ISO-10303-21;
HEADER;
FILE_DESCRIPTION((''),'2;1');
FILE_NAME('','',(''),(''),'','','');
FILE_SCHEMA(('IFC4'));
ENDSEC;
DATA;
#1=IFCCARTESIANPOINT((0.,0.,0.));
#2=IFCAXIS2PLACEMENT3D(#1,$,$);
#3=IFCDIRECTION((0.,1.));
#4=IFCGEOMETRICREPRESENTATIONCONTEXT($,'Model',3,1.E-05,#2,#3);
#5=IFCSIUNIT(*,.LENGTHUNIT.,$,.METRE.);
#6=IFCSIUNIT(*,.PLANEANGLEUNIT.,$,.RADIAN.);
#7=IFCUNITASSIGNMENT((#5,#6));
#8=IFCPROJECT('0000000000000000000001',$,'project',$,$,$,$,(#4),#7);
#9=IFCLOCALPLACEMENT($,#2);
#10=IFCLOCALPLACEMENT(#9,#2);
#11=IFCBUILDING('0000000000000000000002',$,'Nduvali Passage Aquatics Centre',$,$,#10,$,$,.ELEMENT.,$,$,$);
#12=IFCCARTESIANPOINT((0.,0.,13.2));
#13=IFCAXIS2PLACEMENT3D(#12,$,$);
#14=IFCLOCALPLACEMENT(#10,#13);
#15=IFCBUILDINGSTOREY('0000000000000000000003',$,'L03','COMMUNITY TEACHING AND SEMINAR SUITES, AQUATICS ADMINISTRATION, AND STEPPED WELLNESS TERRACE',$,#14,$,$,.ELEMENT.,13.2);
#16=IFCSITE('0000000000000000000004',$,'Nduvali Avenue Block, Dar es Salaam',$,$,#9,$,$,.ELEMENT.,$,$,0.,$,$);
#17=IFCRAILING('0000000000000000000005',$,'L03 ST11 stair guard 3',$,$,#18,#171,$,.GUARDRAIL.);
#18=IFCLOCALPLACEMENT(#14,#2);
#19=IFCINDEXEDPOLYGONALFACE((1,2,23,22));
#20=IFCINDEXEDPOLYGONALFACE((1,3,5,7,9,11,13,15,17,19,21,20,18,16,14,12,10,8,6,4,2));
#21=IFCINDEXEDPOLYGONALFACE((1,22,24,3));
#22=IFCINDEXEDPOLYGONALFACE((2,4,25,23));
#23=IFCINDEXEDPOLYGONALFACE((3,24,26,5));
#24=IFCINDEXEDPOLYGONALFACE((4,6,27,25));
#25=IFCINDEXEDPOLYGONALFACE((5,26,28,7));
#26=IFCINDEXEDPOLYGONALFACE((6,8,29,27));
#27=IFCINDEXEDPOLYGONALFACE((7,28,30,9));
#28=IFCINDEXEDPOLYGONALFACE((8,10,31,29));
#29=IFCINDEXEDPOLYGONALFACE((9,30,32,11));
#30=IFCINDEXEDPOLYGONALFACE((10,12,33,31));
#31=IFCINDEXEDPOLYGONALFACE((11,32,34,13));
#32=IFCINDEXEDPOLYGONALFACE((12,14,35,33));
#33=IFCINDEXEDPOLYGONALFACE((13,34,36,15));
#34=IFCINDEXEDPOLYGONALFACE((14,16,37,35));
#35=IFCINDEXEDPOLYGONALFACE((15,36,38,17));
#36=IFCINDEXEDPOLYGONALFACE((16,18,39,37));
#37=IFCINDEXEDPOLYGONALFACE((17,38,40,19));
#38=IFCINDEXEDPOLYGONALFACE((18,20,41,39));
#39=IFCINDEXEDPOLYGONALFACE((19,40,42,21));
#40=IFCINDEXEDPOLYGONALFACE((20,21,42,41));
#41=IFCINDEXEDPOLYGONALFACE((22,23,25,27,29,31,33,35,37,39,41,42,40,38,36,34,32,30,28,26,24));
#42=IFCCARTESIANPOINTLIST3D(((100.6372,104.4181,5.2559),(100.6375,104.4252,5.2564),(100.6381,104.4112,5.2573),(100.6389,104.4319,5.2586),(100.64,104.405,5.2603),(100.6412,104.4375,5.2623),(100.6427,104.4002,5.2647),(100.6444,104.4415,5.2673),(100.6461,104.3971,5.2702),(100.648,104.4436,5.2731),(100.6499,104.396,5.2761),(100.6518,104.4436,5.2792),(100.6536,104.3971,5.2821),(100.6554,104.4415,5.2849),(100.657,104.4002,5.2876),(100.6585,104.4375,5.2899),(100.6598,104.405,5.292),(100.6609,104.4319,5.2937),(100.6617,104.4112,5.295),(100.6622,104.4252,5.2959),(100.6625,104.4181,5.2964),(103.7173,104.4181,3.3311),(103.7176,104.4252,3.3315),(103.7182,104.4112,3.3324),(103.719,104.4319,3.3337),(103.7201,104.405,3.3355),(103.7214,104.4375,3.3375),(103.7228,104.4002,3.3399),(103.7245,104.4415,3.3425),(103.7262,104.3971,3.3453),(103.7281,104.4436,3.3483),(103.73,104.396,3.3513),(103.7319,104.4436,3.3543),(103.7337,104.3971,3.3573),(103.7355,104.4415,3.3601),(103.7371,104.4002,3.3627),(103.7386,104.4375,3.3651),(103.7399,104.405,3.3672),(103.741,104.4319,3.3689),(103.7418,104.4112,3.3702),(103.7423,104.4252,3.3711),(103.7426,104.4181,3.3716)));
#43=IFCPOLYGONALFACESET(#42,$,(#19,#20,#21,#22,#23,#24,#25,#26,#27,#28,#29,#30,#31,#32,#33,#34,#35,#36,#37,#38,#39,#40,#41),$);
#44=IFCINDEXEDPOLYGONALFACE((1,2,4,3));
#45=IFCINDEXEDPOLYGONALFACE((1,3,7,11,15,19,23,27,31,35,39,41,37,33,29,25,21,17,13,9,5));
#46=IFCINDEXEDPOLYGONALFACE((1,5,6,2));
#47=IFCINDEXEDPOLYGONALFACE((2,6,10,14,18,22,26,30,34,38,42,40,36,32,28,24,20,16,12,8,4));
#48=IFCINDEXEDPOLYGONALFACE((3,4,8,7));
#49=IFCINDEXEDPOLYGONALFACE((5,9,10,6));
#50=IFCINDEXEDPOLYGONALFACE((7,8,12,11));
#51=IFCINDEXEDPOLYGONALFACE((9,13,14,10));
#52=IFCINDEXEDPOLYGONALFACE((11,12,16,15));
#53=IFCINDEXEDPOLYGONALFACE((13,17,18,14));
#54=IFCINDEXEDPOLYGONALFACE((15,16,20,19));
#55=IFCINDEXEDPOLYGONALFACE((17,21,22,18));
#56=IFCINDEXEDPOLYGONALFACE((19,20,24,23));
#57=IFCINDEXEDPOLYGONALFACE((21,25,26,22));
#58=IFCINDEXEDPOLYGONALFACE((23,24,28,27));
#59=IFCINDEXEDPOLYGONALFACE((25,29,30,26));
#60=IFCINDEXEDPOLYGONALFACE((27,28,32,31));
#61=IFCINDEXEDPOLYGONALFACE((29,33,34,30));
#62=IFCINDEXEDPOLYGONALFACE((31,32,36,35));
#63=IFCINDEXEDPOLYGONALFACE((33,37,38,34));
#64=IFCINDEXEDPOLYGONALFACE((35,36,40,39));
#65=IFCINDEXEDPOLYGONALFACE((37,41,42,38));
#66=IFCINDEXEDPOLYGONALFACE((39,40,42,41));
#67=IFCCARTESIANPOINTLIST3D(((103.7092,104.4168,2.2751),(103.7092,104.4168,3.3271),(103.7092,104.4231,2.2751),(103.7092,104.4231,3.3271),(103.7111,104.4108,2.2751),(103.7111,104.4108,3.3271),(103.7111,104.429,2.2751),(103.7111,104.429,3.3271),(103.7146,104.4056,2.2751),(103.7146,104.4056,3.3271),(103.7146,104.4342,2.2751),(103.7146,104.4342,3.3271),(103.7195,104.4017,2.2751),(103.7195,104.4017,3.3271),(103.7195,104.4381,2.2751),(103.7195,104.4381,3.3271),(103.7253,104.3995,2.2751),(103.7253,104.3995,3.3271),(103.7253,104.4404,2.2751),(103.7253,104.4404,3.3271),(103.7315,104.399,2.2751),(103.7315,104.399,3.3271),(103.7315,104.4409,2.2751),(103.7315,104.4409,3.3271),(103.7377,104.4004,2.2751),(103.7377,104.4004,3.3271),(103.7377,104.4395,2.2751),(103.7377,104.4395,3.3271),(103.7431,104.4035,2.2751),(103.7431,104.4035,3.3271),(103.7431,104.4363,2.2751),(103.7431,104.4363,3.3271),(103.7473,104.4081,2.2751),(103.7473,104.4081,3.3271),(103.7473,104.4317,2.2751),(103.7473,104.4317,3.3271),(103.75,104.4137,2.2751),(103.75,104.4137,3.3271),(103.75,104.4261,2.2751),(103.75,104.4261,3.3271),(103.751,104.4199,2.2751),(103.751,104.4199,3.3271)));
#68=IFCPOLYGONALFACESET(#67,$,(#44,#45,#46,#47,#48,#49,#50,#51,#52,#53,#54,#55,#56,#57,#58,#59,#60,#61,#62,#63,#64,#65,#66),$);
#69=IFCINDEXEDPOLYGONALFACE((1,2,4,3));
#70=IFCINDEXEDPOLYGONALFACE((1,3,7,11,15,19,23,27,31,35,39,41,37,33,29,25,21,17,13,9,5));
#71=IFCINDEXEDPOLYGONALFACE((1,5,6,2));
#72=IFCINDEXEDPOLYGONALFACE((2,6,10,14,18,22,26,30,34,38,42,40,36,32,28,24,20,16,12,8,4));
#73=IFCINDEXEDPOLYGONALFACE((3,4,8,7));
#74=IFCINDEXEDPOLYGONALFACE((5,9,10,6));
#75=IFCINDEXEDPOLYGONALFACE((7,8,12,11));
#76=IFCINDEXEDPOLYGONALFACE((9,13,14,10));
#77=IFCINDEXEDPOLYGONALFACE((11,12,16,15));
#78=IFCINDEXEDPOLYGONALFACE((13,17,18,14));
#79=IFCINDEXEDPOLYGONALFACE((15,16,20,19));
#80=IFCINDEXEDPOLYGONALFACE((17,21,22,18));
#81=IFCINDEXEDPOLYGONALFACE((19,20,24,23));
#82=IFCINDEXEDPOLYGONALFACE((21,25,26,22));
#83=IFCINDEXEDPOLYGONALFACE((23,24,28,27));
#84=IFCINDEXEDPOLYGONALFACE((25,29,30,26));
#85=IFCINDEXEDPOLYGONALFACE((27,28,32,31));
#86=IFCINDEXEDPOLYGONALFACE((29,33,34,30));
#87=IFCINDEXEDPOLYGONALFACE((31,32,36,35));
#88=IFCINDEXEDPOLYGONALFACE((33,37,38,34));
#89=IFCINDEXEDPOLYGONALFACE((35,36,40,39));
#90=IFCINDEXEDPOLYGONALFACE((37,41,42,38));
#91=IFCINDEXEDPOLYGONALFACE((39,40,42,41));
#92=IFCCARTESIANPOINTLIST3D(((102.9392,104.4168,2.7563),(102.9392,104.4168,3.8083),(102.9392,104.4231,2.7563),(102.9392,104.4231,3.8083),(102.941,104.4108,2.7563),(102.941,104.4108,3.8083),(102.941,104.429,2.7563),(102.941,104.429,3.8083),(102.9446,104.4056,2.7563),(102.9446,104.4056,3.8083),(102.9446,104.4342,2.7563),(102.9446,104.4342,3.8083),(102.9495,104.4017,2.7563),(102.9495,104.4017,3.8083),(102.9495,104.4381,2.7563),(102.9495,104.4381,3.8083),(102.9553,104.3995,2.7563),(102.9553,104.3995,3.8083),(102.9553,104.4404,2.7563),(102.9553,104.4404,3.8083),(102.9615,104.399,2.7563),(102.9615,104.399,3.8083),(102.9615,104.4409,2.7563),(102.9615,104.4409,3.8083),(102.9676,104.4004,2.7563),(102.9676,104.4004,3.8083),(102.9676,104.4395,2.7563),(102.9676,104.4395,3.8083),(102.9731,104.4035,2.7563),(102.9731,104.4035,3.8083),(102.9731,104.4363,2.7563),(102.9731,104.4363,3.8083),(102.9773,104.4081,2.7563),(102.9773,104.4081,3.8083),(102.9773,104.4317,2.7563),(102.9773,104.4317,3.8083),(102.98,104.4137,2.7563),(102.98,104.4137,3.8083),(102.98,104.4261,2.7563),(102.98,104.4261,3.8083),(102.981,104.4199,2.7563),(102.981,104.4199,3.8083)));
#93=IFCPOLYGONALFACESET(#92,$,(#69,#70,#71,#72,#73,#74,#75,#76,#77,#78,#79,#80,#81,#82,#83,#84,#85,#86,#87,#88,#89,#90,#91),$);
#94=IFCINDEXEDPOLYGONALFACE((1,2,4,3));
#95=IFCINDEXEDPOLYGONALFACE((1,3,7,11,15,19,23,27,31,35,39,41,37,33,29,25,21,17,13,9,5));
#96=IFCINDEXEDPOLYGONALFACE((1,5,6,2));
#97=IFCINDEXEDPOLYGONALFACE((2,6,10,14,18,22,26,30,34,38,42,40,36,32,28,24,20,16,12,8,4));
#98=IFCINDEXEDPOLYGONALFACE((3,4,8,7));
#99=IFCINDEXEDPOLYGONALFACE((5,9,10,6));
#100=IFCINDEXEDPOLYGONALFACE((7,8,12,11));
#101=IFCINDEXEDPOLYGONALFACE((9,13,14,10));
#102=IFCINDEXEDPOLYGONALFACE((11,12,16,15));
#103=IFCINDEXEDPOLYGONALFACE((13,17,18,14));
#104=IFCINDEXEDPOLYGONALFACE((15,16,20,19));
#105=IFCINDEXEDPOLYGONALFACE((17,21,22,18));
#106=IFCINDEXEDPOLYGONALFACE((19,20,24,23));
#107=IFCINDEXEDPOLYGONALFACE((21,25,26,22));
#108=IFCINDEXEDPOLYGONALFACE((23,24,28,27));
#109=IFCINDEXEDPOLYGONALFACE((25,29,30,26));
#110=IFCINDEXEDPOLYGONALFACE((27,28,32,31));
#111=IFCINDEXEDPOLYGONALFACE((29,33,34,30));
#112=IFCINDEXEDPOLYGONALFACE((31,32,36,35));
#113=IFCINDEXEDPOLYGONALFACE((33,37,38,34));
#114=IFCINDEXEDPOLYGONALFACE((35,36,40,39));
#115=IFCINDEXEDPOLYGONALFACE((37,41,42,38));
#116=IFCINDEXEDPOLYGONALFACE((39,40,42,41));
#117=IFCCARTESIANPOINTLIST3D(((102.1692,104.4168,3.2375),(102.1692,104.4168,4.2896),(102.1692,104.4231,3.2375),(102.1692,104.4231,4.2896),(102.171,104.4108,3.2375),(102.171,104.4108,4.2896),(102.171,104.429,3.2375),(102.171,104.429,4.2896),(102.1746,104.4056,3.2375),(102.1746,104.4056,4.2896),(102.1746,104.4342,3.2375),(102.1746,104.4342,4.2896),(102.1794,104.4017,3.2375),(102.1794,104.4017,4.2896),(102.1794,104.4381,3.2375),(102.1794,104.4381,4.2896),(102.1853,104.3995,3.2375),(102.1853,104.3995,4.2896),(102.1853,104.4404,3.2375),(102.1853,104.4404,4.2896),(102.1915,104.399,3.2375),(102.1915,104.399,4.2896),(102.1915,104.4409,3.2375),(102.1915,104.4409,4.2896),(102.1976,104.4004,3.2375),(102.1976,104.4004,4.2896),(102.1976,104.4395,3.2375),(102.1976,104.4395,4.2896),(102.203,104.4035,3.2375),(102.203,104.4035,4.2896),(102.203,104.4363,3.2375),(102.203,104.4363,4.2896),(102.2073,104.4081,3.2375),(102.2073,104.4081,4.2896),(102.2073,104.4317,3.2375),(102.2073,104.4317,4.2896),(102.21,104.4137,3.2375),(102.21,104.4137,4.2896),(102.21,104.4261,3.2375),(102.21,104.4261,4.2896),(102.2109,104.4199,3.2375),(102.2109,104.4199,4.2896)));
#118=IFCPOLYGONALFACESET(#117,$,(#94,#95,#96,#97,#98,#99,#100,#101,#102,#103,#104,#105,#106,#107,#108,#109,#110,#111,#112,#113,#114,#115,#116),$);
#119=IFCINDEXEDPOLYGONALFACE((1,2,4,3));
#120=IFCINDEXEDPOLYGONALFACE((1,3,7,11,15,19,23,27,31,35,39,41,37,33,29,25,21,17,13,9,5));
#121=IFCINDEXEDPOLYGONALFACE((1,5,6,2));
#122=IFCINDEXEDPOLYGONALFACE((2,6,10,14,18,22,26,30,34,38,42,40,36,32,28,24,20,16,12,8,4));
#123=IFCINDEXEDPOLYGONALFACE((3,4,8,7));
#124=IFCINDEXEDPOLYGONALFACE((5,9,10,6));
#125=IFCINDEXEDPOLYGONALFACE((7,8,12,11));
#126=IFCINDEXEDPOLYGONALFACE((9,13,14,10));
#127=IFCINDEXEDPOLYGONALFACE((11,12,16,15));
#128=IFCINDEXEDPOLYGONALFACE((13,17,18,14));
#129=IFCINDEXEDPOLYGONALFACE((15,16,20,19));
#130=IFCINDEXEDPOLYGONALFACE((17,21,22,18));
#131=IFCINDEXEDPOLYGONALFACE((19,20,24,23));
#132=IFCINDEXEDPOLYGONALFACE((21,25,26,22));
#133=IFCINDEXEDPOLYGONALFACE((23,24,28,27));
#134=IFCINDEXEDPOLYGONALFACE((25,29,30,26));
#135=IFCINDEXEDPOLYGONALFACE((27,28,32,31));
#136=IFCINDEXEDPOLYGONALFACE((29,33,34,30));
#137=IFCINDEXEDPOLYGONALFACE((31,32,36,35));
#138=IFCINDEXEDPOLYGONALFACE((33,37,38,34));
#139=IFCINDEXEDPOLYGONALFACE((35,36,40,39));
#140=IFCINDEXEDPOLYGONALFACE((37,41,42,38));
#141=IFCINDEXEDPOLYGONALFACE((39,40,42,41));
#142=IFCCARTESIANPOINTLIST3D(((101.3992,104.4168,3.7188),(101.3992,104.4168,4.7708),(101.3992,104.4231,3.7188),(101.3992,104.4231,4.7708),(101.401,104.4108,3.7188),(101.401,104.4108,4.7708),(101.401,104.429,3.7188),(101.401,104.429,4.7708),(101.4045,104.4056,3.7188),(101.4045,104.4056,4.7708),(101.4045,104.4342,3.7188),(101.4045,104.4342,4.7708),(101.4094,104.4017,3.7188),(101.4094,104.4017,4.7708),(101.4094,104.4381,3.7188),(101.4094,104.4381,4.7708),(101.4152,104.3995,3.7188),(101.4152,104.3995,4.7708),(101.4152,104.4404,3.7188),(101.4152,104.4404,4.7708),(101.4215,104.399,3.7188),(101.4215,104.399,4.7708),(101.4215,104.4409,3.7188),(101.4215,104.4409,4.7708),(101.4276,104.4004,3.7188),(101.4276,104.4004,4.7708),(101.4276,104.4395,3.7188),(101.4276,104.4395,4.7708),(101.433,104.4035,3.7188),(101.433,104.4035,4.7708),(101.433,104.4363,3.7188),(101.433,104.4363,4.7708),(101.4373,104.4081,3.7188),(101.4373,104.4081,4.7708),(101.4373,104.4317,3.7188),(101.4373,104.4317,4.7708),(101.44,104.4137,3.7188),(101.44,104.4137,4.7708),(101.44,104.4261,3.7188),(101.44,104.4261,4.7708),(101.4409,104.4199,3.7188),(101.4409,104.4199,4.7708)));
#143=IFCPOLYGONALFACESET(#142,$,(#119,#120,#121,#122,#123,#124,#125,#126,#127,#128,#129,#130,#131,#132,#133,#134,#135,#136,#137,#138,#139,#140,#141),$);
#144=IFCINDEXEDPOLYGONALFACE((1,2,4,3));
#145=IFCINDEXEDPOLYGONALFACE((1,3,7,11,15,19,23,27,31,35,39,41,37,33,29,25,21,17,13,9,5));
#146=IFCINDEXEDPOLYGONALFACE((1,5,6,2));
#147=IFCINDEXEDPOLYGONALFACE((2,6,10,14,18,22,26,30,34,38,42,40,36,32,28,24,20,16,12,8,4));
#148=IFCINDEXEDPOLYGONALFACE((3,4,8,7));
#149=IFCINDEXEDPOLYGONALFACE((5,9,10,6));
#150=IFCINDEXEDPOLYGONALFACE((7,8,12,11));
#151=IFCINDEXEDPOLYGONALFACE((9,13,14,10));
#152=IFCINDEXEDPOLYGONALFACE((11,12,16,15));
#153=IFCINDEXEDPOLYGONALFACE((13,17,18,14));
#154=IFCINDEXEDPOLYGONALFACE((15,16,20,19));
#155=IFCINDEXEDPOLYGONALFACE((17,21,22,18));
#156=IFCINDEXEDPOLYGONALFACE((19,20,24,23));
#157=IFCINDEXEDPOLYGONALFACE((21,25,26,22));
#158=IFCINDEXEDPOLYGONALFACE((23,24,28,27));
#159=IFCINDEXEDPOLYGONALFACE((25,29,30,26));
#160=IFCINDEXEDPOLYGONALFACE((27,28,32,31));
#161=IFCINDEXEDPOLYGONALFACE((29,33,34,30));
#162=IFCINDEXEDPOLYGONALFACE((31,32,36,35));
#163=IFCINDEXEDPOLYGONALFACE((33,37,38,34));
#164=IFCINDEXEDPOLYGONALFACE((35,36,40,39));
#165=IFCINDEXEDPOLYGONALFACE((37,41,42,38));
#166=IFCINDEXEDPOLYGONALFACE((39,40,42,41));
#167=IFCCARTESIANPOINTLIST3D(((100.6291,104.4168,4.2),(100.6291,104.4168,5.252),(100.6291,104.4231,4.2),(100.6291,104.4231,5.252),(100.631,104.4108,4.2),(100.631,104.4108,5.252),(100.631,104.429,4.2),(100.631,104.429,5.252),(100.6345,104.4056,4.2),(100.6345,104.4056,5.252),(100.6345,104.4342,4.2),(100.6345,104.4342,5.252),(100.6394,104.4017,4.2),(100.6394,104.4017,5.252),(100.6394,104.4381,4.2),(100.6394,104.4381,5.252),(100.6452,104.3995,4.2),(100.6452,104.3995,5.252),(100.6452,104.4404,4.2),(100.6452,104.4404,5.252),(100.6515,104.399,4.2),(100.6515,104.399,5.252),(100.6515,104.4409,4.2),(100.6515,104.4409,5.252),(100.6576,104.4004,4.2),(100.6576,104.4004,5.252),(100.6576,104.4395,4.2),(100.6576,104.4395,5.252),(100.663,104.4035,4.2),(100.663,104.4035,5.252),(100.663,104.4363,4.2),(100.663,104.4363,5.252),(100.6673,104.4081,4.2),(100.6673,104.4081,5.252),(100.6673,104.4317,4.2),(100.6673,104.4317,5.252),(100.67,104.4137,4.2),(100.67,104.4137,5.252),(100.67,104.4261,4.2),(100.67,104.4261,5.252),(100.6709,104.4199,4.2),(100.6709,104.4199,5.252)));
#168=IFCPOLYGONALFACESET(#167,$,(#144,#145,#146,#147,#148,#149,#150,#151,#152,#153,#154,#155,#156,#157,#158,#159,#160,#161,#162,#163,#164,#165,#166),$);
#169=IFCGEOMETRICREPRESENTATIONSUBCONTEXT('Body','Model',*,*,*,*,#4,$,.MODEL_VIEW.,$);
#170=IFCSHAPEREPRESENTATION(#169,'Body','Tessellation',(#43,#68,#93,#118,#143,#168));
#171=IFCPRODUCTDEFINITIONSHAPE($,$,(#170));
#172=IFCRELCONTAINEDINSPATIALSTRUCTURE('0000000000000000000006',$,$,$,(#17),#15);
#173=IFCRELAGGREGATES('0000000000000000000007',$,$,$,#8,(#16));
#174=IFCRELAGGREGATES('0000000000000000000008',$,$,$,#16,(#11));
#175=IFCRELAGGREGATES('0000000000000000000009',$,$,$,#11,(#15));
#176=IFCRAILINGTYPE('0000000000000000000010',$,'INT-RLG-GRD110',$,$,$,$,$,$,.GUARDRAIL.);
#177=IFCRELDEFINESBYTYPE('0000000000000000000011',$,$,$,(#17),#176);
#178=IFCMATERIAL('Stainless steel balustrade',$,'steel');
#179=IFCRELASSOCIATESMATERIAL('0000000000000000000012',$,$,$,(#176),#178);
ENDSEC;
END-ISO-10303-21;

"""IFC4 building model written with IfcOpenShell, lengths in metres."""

from ifc_helpers import new_model, si_unit, direction, frame, origin, origin_2d, place, context, subcontext, project, spatial, circle, extrude, material, type_object, element, save


model = new_model("IFC4")

# Units and contexts
model_context = context("Model", 3, precision=1e-05, world=origin(), true_north=direction((0.0, 1.0)))
body_context = subcontext(model_context, "Body", "Model", "MODEL_VIEW")
ifc_project = project(units=[si_unit("LENGTHUNIT", "METRE"), si_unit("PLANEANGLEUNIT", "RADIAN")], contexts=[model_context])

# Site, building, storey
site_placement = place(None, origin())
site = spatial("IfcSite", under=ifc_project, at=site_placement, Name="Nduvali Avenue Block, Dar es Salaam", CompositionType="ELEMENT", RefElevation=0.0)
building_placement = place(site_placement, origin())
building = spatial("IfcBuilding", under=site, at=building_placement, Name="Nduvali Passage Aquatics Centre", CompositionType="ELEMENT")
storey_placement = place(building_placement, frame((0.0, 0.0, 13.2)))
storey = spatial("IfcBuildingStorey", under=building, at=storey_placement, Name="L03", Description="COMMUNITY TEACHING AND SEMINAR SUITES, AQUATICS ADMINISTRATION, AND STEPPED WELLNESS TERRACE", CompositionType="ELEMENT", Elevation=13.2)

# Railing
ifc_material_1 = material(Name="Stainless steel balustrade", Category="steel")
railing_type_1 = type_object("IfcRailingType", Name="INT-RLG-GRD110", PredefinedType="GUARDRAIL", material=ifc_material_1)
railing_1_placement = place(storey_placement, frame((103.73, 104.4199, 2.2751)))
element("IfcRailing", 1, at=railing_1_placement, inside=storey, type_object=railing_type_1, Name="L03 ST11 stair guard 3", PredefinedType="GUARDRAIL", context=body_context, shape_type="SweptSolid", body=[
    extrude(circle(Radius=0.0239, at=origin_2d()), frame((0.0, 0.0, 1.0762), z_axis=(-0.848029, 0.0, 0.529951), x_axis=(0.0, -1.0, 0.0)), (0.0, 0.0, 1.0), 3.6321),
    extrude(circle(Radius=0.021, at=origin_2d()), origin(), (0.0, 0.0, 1.0), 1.052),
    extrude(circle(Radius=0.021, at=origin_2d()), frame((-0.77, 0.0, 0.4812)), (0.0, 0.0, 1.0), 1.052),
    extrude(circle(Radius=0.021, at=origin_2d()), frame((-1.54, 0.0, 0.9624)), (0.0, 0.0, 1.0), 1.052),
    extrude(circle(Radius=0.021, at=origin_2d()), frame((-2.3101, 0.0, 1.4436)), (0.0, 0.0, 1.0), 1.052),
    extrude(circle(Radius=0.021, at=origin_2d()), frame((-3.0801, 0.0, 1.9248)), (0.0, 0.0, 1.0), 1.052),
])

save(model, "model.ifc")
